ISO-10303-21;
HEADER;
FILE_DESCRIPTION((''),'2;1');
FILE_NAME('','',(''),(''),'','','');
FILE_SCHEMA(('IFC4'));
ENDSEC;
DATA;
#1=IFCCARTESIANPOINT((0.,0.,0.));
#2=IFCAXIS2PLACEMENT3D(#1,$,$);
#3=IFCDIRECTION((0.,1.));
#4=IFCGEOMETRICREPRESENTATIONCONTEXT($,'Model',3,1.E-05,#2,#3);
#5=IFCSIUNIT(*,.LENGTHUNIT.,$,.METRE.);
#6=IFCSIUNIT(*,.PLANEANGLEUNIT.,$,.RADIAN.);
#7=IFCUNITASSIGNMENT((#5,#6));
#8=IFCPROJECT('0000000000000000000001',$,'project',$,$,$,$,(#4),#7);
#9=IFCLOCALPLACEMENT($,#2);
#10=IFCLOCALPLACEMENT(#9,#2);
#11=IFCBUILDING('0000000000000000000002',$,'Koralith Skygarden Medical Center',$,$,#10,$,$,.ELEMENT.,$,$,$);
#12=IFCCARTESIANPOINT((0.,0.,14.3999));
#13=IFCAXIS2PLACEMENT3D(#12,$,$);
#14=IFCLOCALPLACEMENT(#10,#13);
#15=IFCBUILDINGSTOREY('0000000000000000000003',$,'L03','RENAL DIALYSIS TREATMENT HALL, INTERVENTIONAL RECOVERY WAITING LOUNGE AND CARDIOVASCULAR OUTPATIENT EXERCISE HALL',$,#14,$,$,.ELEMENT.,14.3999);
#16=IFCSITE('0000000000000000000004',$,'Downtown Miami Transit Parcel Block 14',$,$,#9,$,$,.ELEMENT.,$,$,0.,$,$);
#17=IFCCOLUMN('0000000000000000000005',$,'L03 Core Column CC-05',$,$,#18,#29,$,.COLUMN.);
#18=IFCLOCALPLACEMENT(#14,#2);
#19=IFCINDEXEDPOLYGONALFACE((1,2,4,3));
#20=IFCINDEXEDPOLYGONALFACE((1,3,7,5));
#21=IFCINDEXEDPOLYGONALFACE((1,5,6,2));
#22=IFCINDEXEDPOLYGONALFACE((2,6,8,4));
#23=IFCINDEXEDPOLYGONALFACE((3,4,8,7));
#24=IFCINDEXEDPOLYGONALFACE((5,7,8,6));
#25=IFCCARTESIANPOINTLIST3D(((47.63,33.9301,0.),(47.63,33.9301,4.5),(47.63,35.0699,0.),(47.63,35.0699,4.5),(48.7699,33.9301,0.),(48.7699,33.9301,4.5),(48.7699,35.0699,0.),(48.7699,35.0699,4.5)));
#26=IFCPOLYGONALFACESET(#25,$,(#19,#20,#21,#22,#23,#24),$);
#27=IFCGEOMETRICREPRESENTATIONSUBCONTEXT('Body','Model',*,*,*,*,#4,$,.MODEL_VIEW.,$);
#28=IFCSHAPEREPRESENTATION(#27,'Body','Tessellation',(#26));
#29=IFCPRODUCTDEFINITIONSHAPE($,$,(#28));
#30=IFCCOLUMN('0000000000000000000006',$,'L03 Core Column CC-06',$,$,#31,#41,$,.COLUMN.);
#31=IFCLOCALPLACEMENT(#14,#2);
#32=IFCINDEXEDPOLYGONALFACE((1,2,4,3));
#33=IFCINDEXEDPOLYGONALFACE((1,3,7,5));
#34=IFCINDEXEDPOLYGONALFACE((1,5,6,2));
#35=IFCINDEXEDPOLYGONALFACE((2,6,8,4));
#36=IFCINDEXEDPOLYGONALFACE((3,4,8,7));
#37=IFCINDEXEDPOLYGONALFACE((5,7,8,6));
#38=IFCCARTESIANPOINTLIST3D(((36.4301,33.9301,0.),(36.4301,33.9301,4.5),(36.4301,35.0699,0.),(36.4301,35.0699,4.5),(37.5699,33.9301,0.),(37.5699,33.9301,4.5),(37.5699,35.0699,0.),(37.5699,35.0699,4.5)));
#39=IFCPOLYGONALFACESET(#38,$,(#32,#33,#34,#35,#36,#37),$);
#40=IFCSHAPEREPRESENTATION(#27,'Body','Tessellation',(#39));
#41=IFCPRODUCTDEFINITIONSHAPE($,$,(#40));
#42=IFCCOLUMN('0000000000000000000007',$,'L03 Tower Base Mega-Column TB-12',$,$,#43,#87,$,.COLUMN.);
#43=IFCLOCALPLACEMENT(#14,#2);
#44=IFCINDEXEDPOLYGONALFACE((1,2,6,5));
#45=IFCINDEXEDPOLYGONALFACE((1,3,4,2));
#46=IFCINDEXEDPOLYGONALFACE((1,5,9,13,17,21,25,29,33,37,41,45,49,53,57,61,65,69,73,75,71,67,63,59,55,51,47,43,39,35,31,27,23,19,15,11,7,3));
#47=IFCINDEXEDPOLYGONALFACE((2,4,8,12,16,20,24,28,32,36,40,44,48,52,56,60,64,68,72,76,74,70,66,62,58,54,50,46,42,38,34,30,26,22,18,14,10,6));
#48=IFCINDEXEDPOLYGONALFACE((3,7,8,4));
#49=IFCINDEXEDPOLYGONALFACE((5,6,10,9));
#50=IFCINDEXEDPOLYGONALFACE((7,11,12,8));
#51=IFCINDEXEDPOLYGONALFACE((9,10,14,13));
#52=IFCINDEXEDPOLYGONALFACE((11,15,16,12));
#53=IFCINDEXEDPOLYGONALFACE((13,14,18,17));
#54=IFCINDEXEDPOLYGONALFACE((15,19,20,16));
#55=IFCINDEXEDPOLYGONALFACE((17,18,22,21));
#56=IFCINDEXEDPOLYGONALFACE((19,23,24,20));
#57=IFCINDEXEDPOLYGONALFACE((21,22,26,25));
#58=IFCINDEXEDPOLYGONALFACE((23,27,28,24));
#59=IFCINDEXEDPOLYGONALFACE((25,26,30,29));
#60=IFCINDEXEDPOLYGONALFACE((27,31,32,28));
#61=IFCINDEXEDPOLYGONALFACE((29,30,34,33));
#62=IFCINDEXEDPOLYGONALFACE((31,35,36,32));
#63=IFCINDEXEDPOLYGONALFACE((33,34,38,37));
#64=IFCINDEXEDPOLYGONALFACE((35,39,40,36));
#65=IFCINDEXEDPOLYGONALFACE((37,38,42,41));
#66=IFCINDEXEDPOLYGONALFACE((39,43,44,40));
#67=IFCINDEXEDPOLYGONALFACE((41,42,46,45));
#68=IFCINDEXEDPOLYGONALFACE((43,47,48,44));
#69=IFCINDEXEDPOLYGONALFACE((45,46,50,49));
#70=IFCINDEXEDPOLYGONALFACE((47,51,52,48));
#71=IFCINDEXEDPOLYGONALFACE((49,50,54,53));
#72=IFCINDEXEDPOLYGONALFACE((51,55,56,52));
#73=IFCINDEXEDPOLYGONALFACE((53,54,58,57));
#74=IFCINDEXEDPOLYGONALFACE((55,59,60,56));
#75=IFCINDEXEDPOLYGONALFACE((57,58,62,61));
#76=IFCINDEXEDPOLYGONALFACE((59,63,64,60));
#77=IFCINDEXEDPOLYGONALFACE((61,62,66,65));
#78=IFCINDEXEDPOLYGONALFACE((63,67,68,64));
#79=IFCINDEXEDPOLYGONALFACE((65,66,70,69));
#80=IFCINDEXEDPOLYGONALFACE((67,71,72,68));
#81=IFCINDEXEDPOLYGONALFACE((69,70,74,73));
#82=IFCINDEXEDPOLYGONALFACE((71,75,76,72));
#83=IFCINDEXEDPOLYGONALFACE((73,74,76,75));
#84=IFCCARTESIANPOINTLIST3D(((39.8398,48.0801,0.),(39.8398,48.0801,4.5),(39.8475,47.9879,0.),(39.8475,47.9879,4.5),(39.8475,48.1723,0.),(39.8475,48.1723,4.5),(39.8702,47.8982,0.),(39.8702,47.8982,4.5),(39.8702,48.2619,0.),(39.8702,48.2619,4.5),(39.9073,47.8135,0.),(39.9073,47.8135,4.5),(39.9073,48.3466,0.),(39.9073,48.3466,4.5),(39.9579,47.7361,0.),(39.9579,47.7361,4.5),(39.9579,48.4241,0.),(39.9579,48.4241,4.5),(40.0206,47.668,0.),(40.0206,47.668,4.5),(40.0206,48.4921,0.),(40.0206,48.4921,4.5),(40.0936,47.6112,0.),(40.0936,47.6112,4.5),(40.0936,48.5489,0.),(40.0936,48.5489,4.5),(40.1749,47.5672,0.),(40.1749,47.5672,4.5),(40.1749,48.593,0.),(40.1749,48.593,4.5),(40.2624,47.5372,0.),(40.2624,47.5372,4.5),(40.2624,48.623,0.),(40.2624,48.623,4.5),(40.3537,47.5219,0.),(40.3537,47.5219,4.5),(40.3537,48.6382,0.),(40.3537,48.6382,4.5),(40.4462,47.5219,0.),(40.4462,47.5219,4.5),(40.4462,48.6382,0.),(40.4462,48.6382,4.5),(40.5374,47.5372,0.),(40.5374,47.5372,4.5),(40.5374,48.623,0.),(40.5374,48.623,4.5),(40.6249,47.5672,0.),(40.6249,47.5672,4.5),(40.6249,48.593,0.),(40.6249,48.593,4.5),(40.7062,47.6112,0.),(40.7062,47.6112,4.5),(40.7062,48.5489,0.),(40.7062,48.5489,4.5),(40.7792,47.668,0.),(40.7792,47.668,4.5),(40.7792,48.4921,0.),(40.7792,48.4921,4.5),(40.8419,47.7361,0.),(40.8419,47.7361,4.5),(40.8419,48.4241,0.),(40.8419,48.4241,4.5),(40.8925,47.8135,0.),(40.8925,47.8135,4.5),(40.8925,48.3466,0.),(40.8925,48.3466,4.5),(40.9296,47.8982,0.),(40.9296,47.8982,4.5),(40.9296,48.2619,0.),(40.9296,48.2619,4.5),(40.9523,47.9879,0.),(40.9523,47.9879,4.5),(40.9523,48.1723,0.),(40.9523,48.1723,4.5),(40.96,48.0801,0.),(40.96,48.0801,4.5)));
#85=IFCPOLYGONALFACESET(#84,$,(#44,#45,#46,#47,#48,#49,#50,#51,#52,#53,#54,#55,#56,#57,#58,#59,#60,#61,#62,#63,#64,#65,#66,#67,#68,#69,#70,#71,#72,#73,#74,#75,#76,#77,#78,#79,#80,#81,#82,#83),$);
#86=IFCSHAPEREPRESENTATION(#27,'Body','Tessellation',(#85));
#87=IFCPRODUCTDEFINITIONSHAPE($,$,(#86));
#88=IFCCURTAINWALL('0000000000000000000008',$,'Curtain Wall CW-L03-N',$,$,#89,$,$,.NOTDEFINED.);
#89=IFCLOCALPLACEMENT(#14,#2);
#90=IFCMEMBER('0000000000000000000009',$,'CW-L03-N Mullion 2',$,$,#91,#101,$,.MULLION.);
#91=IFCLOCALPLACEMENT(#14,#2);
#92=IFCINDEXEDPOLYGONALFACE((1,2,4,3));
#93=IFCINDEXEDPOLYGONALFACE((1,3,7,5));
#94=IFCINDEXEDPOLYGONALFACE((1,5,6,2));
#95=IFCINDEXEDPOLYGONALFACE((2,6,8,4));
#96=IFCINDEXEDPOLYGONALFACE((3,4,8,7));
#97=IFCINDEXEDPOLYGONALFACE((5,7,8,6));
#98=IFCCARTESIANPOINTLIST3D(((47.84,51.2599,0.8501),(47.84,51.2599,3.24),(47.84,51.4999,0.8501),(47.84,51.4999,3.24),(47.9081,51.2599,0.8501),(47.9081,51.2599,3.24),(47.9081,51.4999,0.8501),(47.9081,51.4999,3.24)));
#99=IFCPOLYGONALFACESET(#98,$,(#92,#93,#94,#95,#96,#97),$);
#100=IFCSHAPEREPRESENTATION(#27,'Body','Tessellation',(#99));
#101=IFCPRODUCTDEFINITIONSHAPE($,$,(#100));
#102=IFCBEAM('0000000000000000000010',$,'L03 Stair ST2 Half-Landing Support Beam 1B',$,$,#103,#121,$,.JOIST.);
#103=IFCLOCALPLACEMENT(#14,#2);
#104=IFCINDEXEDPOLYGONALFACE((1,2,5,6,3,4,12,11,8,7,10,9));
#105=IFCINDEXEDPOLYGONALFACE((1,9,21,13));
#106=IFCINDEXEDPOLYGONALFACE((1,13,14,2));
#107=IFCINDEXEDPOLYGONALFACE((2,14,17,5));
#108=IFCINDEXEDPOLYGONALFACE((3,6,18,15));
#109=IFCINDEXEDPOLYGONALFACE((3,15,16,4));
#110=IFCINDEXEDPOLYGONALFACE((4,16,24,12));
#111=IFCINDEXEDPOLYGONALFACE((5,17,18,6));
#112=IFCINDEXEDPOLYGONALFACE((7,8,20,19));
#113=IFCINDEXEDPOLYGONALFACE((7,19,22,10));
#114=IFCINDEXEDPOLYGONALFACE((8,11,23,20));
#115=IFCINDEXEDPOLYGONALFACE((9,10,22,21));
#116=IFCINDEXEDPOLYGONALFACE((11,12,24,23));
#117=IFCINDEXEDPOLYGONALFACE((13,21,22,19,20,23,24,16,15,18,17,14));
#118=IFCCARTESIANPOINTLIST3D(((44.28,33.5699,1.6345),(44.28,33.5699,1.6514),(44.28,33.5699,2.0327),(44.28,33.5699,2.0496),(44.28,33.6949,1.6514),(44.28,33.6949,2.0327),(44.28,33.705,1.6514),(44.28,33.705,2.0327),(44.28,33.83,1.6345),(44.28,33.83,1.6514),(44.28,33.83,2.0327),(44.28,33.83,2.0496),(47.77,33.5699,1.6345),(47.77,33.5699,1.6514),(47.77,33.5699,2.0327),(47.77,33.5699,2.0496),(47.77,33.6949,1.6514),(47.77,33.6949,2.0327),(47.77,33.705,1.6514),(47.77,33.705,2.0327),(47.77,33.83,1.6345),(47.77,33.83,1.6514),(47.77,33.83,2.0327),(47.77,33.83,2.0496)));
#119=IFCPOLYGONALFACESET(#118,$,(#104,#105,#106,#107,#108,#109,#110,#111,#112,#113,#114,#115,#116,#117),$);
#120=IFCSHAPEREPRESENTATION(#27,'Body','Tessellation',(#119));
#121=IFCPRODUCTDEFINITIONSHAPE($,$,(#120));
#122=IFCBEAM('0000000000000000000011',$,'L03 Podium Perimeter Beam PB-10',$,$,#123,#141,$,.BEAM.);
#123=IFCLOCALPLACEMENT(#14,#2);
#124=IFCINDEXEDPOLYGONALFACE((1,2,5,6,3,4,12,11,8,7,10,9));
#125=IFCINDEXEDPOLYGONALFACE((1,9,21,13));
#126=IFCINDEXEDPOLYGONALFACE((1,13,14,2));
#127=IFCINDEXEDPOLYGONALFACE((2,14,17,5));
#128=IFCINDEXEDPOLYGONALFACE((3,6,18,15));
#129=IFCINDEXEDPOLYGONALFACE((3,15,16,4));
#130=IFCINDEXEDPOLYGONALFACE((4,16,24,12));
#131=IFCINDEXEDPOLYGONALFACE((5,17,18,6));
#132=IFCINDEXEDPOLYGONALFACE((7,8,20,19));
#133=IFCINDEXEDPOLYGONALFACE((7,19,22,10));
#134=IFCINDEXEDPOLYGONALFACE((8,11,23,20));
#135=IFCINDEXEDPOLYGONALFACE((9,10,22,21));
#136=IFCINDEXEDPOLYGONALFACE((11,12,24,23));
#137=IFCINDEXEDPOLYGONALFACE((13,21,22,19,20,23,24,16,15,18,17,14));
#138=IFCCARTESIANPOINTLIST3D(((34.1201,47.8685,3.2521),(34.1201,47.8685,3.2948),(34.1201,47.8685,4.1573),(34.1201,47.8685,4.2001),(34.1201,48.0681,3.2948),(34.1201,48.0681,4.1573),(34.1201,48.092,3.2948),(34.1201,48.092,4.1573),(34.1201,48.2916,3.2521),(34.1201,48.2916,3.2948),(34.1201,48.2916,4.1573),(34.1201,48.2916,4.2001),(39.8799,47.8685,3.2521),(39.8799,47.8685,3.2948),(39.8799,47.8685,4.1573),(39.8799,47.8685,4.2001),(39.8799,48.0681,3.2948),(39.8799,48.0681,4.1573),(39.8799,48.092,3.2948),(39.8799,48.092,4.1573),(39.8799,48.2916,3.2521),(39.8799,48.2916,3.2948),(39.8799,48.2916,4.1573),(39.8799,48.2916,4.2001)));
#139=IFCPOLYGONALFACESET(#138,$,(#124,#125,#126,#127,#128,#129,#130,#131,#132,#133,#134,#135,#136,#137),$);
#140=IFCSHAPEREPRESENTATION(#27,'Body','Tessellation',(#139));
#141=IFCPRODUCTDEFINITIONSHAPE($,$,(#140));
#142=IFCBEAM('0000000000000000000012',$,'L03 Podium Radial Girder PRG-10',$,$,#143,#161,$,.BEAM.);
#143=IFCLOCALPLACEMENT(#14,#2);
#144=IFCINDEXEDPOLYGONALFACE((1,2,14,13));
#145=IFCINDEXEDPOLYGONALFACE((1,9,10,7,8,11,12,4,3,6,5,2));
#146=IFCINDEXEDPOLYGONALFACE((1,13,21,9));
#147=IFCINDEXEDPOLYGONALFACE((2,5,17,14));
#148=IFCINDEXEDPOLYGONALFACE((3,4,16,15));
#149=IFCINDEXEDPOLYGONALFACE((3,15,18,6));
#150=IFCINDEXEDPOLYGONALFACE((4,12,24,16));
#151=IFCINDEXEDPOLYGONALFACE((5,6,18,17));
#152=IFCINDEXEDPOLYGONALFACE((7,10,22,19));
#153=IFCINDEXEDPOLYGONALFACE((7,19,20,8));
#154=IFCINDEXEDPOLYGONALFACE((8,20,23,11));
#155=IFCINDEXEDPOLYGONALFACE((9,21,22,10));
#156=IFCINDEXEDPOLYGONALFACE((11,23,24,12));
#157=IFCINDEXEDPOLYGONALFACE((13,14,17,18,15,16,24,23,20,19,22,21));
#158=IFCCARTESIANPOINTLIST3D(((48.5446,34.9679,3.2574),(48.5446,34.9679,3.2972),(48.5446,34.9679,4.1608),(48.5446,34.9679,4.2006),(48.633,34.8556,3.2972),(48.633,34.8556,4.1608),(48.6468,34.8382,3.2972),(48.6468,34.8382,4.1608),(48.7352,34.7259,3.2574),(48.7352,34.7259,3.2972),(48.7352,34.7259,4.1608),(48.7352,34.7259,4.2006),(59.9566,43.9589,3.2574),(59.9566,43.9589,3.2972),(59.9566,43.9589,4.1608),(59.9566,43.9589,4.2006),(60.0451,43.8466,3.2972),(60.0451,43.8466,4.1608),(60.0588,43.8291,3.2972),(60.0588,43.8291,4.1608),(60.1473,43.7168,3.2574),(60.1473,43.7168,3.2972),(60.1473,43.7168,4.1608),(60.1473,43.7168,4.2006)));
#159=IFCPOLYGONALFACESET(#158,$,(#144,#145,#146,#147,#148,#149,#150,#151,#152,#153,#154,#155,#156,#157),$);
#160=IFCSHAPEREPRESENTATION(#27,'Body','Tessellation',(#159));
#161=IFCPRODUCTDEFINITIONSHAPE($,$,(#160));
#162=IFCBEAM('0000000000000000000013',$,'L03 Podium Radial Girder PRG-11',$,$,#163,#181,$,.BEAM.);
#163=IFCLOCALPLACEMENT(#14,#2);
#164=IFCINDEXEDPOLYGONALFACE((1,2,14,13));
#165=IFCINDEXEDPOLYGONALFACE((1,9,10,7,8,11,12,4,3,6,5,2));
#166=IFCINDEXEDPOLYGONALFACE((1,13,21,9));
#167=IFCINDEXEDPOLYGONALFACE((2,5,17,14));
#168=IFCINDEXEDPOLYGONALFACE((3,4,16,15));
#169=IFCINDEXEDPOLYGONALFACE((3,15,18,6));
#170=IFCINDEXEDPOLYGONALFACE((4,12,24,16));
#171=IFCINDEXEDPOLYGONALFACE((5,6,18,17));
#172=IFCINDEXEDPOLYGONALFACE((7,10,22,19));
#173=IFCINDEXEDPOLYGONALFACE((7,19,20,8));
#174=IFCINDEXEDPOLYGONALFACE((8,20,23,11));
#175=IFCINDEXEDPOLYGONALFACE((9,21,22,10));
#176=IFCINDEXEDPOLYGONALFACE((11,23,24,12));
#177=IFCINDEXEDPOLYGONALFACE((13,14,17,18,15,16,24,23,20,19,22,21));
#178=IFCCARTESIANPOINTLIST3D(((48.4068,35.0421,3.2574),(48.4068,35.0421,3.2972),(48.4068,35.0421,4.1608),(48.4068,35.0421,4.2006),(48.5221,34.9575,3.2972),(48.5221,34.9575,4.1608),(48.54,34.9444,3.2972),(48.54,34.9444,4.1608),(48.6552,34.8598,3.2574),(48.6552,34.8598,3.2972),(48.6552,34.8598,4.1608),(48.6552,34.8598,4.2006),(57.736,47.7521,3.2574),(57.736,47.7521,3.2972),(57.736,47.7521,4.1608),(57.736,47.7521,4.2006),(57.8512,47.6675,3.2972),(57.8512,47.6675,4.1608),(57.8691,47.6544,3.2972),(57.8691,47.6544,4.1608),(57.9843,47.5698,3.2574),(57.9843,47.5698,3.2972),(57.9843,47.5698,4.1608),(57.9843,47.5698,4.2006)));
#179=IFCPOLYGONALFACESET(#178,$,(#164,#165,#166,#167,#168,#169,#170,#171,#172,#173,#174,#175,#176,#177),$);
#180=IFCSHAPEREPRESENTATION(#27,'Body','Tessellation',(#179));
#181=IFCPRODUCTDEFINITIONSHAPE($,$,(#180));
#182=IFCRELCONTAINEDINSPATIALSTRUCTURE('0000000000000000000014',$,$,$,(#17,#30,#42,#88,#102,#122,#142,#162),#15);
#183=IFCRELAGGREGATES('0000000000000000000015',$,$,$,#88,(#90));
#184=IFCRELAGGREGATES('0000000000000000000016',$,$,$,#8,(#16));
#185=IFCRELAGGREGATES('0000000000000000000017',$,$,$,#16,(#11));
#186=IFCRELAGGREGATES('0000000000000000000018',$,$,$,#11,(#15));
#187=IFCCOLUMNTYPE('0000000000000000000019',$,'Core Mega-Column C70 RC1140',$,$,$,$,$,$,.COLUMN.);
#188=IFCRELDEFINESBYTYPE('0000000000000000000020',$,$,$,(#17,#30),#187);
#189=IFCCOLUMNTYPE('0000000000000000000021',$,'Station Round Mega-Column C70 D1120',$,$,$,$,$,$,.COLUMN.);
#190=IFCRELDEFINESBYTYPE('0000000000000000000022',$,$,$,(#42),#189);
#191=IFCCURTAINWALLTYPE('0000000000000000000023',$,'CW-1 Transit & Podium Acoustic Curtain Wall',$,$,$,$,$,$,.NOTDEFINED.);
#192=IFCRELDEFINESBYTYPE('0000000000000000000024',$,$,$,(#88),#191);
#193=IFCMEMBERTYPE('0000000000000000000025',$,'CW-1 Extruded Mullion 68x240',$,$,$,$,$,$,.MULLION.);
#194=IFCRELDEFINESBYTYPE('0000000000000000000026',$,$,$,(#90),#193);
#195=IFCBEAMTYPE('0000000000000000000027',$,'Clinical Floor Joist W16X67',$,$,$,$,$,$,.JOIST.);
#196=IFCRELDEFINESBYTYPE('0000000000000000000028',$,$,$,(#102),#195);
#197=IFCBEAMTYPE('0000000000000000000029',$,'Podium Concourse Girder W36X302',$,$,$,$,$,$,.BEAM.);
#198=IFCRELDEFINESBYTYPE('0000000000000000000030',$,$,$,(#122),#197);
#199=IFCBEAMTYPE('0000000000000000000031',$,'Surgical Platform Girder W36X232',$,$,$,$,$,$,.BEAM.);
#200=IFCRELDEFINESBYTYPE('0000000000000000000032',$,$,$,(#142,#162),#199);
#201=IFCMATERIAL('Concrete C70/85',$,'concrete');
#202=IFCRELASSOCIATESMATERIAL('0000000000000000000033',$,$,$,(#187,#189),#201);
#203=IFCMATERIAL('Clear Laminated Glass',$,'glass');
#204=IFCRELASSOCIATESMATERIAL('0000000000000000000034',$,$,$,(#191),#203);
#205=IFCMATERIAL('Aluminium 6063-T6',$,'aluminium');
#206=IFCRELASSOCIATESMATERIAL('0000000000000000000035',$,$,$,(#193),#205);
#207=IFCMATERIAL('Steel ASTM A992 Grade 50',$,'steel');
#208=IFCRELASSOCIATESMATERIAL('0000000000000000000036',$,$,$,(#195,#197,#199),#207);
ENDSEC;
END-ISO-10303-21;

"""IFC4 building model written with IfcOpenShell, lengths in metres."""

from ifc_helpers import new_model, si_unit, direction, frame, origin, origin_2d, place, context, subcontext, project, spatial, rectangle, circle, i_section, extrude, material, material_profile, profile_set, type_object, element, aggregate, save


model = new_model("IFC4")

# Units and contexts
model_context = context("Model", 3, precision=1e-05, world=origin(), true_north=direction((0.0, 1.0)))
body_context = subcontext(model_context, "Body", "Model", "MODEL_VIEW")
ifc_project = project(units=[si_unit("LENGTHUNIT", "METRE"), si_unit("PLANEANGLEUNIT", "RADIAN")], contexts=[model_context])

# Site, building, storey
site_placement = place(None, origin())
site = spatial("IfcSite", under=ifc_project, at=site_placement, Name="Downtown Miami Transit Parcel Block 14", CompositionType="ELEMENT", RefElevation=0.0)
building_placement = place(site_placement, origin())
building = spatial("IfcBuilding", under=site, at=building_placement, Name="Koralith Skygarden Medical Center", CompositionType="ELEMENT")
storey_placement = place(building_placement, frame((0.0, 0.0, 14.3999)))
storey = spatial("IfcBuildingStorey", under=building, at=storey_placement, Name="L03", Description="RENAL DIALYSIS TREATMENT HALL, INTERVENTIONAL RECOVERY WAITING LOUNGE AND CARDIOVASCULAR OUTPATIENT EXERCISE HALL", CompositionType="ELEMENT", Elevation=14.3999)

# Columns
ifc_material_1 = material(Name="Concrete C70/85", Category="concrete")
ifc_material_profile_1 = material_profile(ifc_material_1, rectangle(XDim=1.1399, YDim=1.1399, at=origin_2d()), Name="RC1140X1140")
ifc_profile_set_1 = profile_set([ifc_material_profile_1], Name="Concrete C70/85")
column_type_1 = type_object("IfcColumnType", Name="Core Mega-Column C70 RC1140", PredefinedType="COLUMN", material=ifc_profile_set_1)
for number, where, z_axis, x_axis, name in (
    (1, (48.2, 34.5, 0.0), (0.0, 0.0, 1.0), (1.0, 0.0, 0.0), "L03 Core Column CC-05"),
    (2, (37.0, 34.5, 0.0), (0.0, 0.0, 1.0), (1.0, 0.0, 0.0), "L03 Core Column CC-06"),
):
    element("IfcColumn", number, at=place(storey_placement, frame(where, z_axis=z_axis, x_axis=x_axis)), inside=storey, type_object=column_type_1, Name=name, PredefinedType="COLUMN", context=body_context, shape_type="SweptSolid", body=[
        extrude(rectangle(XDim=1.1399, YDim=1.1399, at=origin_2d()), origin(), (0.0, 0.0, 1.0), 4.5),
    ])
ifc_material_profile_2 = material_profile(ifc_material_1, circle(Radius=0.5601, at=origin_2d()), Name="RCCOL1120")
ifc_profile_set_2 = profile_set([ifc_material_profile_2], Name="Concrete C70/85")
column_type_2 = type_object("IfcColumnType", Name="Station Round Mega-Column C70 D1120", PredefinedType="COLUMN", material=ifc_profile_set_2)
column_placement = place(storey_placement, frame((40.3999, 48.0801, 0.0), z_axis=(0.0, 0.0, 1.0), x_axis=(1.0, 0.0, 0.0)))
element("IfcColumn", 3, at=column_placement, inside=storey, type_object=column_type_2, Name="L03 Tower Base Mega-Column TB-12", PredefinedType="COLUMN", context=body_context, shape_type="SweptSolid", body=[
    extrude(circle(Radius=0.5601, at=origin_2d()), origin(), (0.0, 0.0, 1.0), 4.5),
])

# Curtain wall, member
ifc_material_2 = material(Name="Clear Laminated Glass", Category="glass")
curtain_wall_type = type_object("IfcCurtainWallType", Name="CW-1 Transit & Podium Acoustic Curtain Wall", PredefinedType="NOTDEFINED", material=ifc_material_2)
curtain_wall_placement = place(storey_placement, origin())
curtain_wall = element("IfcCurtainWall", 4, at=curtain_wall_placement, inside=storey, type_object=curtain_wall_type, Name="Curtain Wall CW-L03-N", PredefinedType="NOTDEFINED")
ifc_material_3 = material(Name="Aluminium 6063-T6", Category="aluminium")
ifc_material_profile_3 = material_profile(ifc_material_3, rectangle(XDim=0.0681, YDim=0.24, at=origin_2d()), Name="MUL68X240")
ifc_profile_set_3 = profile_set([ifc_material_profile_3], Name="Aluminium 6063-T6")
member_type = type_object("IfcMemberType", Name="CW-1 Extruded Mullion 68x240", PredefinedType="MULLION", material=ifc_profile_set_3)
member_placement = place(storey_placement, frame((47.874, 51.3799, 0.8501), z_axis=(0.0, 0.0, 1.0), x_axis=(1.0, 0.0, 0.0)))
member = element("IfcMember", 5, at=member_placement, type_object=member_type, Name="CW-L03-N Mullion 2", PredefinedType="MULLION", context=body_context, shape_type="SweptSolid", body=[
    extrude(rectangle(XDim=0.0681, YDim=0.24, at=origin_2d()), origin(), (0.0, 0.0, 1.0), 2.3899),
])

# Beams
ifc_material_4 = material(Name="Steel ASTM A992 Grade 50", Category="steel")
ifc_material_profile_4 = material_profile(ifc_material_4, i_section(OverallWidth=0.26, OverallDepth=0.415, WebThickness=0.01, FlangeThickness=0.0168, at=origin_2d()), Name="W16X67")
ifc_profile_set_4 = profile_set([ifc_material_profile_4], Name="Steel ASTM A992 Grade 50")
beam_type_1 = type_object("IfcBeamType", Name="Clinical Floor Joist W16X67", PredefinedType="JOIST", material=ifc_profile_set_4)
beam_1_placement = place(storey_placement, frame((44.28, 33.7, 1.842), z_axis=(1.0, 0.0, 0.0), x_axis=(0.0, 1.0, 0.0)))
element("IfcBeam", 6, at=beam_1_placement, inside=storey, type_object=beam_type_1, Name="L03 Stair ST2 Half-Landing Support Beam 1B", PredefinedType="JOIST", context=body_context, shape_type="SweptSolid", body=[
    extrude(i_section(OverallWidth=0.26, OverallDepth=0.415, WebThickness=0.01, FlangeThickness=0.0168, at=origin_2d()), origin(), (0.0, 0.0, 1.0), 3.49),
])
ifc_material_profile_5 = material_profile(ifc_material_4, i_section(OverallWidth=0.4231, OverallDepth=0.948, WebThickness=0.0239, FlangeThickness=0.0427, at=origin_2d()), Name="W36X302")
ifc_profile_set_5 = profile_set([ifc_material_profile_5], Name="Steel ASTM A992 Grade 50")
beam_type_2 = type_object("IfcBeamType", Name="Podium Concourse Girder W36X302", PredefinedType="BEAM", material=ifc_profile_set_5)
beam_2_placement = place(storey_placement, frame((39.8799, 48.0801, 3.7261), z_axis=(-1.0, 0.0, 0.0), x_axis=(0.0, -1.0, 0.0)))
element("IfcBeam", 7, at=beam_2_placement, inside=storey, type_object=beam_type_2, Name="L03 Podium Perimeter Beam PB-10", PredefinedType="BEAM", context=body_context, shape_type="SweptSolid", body=[
    extrude(i_section(OverallWidth=0.4231, OverallDepth=0.948, WebThickness=0.0239, FlangeThickness=0.0427, at=origin_2d()), origin(), (0.0, 0.0, 1.0), 5.7598),
])
ifc_material_profile_6 = material_profile(ifc_material_4, i_section(OverallWidth=0.3081, OverallDepth=0.9431, WebThickness=0.0222, FlangeThickness=0.0398, at=origin_2d()), Name="W36X232")
ifc_profile_set_6 = profile_set([ifc_material_profile_6], Name="Steel ASTM A992 Grade 50")
beam_type_3 = type_object("IfcBeamType", Name="Surgical Platform Girder W36X232", PredefinedType="BEAM", material=ifc_profile_set_6)
beam_3_placement = place(storey_placement, frame((48.6399, 34.8469, 3.729), z_axis=(0.785505, 0.618856, 0.0), x_axis=(-0.618856, 0.785505, 0.0)))
element("IfcBeam", 8, at=beam_3_placement, inside=storey, type_object=beam_type_3, Name="L03 Podium Radial Girder PRG-10", PredefinedType="BEAM", context=body_context, shape_type="SweptSolid", body=[
    extrude(i_section(OverallWidth=0.3081, OverallDepth=0.9431, WebThickness=0.0222, FlangeThickness=0.0398, at=origin_2d()), origin(), (0.0, 0.0, 1.0), 14.5283),
])
beam_4_placement = place(storey_placement, frame((48.531, 34.9509, 3.729), z_axis=(0.591713, 0.806149, 0.0), x_axis=(-0.806149, 0.591713, 0.0)))
element("IfcBeam", 9, at=beam_4_placement, inside=storey, type_object=beam_type_3, Name="L03 Podium Radial Girder PRG-11", PredefinedType="BEAM", context=body_context, shape_type="SweptSolid", body=[
    extrude(i_section(OverallWidth=0.3081, OverallDepth=0.9431, WebThickness=0.0222, FlangeThickness=0.0398, at=origin_2d()), origin(), (0.0, 0.0, 1.0), 15.7664),
])

aggregate(curtain_wall, [member])

save(model, "model.ifc")
